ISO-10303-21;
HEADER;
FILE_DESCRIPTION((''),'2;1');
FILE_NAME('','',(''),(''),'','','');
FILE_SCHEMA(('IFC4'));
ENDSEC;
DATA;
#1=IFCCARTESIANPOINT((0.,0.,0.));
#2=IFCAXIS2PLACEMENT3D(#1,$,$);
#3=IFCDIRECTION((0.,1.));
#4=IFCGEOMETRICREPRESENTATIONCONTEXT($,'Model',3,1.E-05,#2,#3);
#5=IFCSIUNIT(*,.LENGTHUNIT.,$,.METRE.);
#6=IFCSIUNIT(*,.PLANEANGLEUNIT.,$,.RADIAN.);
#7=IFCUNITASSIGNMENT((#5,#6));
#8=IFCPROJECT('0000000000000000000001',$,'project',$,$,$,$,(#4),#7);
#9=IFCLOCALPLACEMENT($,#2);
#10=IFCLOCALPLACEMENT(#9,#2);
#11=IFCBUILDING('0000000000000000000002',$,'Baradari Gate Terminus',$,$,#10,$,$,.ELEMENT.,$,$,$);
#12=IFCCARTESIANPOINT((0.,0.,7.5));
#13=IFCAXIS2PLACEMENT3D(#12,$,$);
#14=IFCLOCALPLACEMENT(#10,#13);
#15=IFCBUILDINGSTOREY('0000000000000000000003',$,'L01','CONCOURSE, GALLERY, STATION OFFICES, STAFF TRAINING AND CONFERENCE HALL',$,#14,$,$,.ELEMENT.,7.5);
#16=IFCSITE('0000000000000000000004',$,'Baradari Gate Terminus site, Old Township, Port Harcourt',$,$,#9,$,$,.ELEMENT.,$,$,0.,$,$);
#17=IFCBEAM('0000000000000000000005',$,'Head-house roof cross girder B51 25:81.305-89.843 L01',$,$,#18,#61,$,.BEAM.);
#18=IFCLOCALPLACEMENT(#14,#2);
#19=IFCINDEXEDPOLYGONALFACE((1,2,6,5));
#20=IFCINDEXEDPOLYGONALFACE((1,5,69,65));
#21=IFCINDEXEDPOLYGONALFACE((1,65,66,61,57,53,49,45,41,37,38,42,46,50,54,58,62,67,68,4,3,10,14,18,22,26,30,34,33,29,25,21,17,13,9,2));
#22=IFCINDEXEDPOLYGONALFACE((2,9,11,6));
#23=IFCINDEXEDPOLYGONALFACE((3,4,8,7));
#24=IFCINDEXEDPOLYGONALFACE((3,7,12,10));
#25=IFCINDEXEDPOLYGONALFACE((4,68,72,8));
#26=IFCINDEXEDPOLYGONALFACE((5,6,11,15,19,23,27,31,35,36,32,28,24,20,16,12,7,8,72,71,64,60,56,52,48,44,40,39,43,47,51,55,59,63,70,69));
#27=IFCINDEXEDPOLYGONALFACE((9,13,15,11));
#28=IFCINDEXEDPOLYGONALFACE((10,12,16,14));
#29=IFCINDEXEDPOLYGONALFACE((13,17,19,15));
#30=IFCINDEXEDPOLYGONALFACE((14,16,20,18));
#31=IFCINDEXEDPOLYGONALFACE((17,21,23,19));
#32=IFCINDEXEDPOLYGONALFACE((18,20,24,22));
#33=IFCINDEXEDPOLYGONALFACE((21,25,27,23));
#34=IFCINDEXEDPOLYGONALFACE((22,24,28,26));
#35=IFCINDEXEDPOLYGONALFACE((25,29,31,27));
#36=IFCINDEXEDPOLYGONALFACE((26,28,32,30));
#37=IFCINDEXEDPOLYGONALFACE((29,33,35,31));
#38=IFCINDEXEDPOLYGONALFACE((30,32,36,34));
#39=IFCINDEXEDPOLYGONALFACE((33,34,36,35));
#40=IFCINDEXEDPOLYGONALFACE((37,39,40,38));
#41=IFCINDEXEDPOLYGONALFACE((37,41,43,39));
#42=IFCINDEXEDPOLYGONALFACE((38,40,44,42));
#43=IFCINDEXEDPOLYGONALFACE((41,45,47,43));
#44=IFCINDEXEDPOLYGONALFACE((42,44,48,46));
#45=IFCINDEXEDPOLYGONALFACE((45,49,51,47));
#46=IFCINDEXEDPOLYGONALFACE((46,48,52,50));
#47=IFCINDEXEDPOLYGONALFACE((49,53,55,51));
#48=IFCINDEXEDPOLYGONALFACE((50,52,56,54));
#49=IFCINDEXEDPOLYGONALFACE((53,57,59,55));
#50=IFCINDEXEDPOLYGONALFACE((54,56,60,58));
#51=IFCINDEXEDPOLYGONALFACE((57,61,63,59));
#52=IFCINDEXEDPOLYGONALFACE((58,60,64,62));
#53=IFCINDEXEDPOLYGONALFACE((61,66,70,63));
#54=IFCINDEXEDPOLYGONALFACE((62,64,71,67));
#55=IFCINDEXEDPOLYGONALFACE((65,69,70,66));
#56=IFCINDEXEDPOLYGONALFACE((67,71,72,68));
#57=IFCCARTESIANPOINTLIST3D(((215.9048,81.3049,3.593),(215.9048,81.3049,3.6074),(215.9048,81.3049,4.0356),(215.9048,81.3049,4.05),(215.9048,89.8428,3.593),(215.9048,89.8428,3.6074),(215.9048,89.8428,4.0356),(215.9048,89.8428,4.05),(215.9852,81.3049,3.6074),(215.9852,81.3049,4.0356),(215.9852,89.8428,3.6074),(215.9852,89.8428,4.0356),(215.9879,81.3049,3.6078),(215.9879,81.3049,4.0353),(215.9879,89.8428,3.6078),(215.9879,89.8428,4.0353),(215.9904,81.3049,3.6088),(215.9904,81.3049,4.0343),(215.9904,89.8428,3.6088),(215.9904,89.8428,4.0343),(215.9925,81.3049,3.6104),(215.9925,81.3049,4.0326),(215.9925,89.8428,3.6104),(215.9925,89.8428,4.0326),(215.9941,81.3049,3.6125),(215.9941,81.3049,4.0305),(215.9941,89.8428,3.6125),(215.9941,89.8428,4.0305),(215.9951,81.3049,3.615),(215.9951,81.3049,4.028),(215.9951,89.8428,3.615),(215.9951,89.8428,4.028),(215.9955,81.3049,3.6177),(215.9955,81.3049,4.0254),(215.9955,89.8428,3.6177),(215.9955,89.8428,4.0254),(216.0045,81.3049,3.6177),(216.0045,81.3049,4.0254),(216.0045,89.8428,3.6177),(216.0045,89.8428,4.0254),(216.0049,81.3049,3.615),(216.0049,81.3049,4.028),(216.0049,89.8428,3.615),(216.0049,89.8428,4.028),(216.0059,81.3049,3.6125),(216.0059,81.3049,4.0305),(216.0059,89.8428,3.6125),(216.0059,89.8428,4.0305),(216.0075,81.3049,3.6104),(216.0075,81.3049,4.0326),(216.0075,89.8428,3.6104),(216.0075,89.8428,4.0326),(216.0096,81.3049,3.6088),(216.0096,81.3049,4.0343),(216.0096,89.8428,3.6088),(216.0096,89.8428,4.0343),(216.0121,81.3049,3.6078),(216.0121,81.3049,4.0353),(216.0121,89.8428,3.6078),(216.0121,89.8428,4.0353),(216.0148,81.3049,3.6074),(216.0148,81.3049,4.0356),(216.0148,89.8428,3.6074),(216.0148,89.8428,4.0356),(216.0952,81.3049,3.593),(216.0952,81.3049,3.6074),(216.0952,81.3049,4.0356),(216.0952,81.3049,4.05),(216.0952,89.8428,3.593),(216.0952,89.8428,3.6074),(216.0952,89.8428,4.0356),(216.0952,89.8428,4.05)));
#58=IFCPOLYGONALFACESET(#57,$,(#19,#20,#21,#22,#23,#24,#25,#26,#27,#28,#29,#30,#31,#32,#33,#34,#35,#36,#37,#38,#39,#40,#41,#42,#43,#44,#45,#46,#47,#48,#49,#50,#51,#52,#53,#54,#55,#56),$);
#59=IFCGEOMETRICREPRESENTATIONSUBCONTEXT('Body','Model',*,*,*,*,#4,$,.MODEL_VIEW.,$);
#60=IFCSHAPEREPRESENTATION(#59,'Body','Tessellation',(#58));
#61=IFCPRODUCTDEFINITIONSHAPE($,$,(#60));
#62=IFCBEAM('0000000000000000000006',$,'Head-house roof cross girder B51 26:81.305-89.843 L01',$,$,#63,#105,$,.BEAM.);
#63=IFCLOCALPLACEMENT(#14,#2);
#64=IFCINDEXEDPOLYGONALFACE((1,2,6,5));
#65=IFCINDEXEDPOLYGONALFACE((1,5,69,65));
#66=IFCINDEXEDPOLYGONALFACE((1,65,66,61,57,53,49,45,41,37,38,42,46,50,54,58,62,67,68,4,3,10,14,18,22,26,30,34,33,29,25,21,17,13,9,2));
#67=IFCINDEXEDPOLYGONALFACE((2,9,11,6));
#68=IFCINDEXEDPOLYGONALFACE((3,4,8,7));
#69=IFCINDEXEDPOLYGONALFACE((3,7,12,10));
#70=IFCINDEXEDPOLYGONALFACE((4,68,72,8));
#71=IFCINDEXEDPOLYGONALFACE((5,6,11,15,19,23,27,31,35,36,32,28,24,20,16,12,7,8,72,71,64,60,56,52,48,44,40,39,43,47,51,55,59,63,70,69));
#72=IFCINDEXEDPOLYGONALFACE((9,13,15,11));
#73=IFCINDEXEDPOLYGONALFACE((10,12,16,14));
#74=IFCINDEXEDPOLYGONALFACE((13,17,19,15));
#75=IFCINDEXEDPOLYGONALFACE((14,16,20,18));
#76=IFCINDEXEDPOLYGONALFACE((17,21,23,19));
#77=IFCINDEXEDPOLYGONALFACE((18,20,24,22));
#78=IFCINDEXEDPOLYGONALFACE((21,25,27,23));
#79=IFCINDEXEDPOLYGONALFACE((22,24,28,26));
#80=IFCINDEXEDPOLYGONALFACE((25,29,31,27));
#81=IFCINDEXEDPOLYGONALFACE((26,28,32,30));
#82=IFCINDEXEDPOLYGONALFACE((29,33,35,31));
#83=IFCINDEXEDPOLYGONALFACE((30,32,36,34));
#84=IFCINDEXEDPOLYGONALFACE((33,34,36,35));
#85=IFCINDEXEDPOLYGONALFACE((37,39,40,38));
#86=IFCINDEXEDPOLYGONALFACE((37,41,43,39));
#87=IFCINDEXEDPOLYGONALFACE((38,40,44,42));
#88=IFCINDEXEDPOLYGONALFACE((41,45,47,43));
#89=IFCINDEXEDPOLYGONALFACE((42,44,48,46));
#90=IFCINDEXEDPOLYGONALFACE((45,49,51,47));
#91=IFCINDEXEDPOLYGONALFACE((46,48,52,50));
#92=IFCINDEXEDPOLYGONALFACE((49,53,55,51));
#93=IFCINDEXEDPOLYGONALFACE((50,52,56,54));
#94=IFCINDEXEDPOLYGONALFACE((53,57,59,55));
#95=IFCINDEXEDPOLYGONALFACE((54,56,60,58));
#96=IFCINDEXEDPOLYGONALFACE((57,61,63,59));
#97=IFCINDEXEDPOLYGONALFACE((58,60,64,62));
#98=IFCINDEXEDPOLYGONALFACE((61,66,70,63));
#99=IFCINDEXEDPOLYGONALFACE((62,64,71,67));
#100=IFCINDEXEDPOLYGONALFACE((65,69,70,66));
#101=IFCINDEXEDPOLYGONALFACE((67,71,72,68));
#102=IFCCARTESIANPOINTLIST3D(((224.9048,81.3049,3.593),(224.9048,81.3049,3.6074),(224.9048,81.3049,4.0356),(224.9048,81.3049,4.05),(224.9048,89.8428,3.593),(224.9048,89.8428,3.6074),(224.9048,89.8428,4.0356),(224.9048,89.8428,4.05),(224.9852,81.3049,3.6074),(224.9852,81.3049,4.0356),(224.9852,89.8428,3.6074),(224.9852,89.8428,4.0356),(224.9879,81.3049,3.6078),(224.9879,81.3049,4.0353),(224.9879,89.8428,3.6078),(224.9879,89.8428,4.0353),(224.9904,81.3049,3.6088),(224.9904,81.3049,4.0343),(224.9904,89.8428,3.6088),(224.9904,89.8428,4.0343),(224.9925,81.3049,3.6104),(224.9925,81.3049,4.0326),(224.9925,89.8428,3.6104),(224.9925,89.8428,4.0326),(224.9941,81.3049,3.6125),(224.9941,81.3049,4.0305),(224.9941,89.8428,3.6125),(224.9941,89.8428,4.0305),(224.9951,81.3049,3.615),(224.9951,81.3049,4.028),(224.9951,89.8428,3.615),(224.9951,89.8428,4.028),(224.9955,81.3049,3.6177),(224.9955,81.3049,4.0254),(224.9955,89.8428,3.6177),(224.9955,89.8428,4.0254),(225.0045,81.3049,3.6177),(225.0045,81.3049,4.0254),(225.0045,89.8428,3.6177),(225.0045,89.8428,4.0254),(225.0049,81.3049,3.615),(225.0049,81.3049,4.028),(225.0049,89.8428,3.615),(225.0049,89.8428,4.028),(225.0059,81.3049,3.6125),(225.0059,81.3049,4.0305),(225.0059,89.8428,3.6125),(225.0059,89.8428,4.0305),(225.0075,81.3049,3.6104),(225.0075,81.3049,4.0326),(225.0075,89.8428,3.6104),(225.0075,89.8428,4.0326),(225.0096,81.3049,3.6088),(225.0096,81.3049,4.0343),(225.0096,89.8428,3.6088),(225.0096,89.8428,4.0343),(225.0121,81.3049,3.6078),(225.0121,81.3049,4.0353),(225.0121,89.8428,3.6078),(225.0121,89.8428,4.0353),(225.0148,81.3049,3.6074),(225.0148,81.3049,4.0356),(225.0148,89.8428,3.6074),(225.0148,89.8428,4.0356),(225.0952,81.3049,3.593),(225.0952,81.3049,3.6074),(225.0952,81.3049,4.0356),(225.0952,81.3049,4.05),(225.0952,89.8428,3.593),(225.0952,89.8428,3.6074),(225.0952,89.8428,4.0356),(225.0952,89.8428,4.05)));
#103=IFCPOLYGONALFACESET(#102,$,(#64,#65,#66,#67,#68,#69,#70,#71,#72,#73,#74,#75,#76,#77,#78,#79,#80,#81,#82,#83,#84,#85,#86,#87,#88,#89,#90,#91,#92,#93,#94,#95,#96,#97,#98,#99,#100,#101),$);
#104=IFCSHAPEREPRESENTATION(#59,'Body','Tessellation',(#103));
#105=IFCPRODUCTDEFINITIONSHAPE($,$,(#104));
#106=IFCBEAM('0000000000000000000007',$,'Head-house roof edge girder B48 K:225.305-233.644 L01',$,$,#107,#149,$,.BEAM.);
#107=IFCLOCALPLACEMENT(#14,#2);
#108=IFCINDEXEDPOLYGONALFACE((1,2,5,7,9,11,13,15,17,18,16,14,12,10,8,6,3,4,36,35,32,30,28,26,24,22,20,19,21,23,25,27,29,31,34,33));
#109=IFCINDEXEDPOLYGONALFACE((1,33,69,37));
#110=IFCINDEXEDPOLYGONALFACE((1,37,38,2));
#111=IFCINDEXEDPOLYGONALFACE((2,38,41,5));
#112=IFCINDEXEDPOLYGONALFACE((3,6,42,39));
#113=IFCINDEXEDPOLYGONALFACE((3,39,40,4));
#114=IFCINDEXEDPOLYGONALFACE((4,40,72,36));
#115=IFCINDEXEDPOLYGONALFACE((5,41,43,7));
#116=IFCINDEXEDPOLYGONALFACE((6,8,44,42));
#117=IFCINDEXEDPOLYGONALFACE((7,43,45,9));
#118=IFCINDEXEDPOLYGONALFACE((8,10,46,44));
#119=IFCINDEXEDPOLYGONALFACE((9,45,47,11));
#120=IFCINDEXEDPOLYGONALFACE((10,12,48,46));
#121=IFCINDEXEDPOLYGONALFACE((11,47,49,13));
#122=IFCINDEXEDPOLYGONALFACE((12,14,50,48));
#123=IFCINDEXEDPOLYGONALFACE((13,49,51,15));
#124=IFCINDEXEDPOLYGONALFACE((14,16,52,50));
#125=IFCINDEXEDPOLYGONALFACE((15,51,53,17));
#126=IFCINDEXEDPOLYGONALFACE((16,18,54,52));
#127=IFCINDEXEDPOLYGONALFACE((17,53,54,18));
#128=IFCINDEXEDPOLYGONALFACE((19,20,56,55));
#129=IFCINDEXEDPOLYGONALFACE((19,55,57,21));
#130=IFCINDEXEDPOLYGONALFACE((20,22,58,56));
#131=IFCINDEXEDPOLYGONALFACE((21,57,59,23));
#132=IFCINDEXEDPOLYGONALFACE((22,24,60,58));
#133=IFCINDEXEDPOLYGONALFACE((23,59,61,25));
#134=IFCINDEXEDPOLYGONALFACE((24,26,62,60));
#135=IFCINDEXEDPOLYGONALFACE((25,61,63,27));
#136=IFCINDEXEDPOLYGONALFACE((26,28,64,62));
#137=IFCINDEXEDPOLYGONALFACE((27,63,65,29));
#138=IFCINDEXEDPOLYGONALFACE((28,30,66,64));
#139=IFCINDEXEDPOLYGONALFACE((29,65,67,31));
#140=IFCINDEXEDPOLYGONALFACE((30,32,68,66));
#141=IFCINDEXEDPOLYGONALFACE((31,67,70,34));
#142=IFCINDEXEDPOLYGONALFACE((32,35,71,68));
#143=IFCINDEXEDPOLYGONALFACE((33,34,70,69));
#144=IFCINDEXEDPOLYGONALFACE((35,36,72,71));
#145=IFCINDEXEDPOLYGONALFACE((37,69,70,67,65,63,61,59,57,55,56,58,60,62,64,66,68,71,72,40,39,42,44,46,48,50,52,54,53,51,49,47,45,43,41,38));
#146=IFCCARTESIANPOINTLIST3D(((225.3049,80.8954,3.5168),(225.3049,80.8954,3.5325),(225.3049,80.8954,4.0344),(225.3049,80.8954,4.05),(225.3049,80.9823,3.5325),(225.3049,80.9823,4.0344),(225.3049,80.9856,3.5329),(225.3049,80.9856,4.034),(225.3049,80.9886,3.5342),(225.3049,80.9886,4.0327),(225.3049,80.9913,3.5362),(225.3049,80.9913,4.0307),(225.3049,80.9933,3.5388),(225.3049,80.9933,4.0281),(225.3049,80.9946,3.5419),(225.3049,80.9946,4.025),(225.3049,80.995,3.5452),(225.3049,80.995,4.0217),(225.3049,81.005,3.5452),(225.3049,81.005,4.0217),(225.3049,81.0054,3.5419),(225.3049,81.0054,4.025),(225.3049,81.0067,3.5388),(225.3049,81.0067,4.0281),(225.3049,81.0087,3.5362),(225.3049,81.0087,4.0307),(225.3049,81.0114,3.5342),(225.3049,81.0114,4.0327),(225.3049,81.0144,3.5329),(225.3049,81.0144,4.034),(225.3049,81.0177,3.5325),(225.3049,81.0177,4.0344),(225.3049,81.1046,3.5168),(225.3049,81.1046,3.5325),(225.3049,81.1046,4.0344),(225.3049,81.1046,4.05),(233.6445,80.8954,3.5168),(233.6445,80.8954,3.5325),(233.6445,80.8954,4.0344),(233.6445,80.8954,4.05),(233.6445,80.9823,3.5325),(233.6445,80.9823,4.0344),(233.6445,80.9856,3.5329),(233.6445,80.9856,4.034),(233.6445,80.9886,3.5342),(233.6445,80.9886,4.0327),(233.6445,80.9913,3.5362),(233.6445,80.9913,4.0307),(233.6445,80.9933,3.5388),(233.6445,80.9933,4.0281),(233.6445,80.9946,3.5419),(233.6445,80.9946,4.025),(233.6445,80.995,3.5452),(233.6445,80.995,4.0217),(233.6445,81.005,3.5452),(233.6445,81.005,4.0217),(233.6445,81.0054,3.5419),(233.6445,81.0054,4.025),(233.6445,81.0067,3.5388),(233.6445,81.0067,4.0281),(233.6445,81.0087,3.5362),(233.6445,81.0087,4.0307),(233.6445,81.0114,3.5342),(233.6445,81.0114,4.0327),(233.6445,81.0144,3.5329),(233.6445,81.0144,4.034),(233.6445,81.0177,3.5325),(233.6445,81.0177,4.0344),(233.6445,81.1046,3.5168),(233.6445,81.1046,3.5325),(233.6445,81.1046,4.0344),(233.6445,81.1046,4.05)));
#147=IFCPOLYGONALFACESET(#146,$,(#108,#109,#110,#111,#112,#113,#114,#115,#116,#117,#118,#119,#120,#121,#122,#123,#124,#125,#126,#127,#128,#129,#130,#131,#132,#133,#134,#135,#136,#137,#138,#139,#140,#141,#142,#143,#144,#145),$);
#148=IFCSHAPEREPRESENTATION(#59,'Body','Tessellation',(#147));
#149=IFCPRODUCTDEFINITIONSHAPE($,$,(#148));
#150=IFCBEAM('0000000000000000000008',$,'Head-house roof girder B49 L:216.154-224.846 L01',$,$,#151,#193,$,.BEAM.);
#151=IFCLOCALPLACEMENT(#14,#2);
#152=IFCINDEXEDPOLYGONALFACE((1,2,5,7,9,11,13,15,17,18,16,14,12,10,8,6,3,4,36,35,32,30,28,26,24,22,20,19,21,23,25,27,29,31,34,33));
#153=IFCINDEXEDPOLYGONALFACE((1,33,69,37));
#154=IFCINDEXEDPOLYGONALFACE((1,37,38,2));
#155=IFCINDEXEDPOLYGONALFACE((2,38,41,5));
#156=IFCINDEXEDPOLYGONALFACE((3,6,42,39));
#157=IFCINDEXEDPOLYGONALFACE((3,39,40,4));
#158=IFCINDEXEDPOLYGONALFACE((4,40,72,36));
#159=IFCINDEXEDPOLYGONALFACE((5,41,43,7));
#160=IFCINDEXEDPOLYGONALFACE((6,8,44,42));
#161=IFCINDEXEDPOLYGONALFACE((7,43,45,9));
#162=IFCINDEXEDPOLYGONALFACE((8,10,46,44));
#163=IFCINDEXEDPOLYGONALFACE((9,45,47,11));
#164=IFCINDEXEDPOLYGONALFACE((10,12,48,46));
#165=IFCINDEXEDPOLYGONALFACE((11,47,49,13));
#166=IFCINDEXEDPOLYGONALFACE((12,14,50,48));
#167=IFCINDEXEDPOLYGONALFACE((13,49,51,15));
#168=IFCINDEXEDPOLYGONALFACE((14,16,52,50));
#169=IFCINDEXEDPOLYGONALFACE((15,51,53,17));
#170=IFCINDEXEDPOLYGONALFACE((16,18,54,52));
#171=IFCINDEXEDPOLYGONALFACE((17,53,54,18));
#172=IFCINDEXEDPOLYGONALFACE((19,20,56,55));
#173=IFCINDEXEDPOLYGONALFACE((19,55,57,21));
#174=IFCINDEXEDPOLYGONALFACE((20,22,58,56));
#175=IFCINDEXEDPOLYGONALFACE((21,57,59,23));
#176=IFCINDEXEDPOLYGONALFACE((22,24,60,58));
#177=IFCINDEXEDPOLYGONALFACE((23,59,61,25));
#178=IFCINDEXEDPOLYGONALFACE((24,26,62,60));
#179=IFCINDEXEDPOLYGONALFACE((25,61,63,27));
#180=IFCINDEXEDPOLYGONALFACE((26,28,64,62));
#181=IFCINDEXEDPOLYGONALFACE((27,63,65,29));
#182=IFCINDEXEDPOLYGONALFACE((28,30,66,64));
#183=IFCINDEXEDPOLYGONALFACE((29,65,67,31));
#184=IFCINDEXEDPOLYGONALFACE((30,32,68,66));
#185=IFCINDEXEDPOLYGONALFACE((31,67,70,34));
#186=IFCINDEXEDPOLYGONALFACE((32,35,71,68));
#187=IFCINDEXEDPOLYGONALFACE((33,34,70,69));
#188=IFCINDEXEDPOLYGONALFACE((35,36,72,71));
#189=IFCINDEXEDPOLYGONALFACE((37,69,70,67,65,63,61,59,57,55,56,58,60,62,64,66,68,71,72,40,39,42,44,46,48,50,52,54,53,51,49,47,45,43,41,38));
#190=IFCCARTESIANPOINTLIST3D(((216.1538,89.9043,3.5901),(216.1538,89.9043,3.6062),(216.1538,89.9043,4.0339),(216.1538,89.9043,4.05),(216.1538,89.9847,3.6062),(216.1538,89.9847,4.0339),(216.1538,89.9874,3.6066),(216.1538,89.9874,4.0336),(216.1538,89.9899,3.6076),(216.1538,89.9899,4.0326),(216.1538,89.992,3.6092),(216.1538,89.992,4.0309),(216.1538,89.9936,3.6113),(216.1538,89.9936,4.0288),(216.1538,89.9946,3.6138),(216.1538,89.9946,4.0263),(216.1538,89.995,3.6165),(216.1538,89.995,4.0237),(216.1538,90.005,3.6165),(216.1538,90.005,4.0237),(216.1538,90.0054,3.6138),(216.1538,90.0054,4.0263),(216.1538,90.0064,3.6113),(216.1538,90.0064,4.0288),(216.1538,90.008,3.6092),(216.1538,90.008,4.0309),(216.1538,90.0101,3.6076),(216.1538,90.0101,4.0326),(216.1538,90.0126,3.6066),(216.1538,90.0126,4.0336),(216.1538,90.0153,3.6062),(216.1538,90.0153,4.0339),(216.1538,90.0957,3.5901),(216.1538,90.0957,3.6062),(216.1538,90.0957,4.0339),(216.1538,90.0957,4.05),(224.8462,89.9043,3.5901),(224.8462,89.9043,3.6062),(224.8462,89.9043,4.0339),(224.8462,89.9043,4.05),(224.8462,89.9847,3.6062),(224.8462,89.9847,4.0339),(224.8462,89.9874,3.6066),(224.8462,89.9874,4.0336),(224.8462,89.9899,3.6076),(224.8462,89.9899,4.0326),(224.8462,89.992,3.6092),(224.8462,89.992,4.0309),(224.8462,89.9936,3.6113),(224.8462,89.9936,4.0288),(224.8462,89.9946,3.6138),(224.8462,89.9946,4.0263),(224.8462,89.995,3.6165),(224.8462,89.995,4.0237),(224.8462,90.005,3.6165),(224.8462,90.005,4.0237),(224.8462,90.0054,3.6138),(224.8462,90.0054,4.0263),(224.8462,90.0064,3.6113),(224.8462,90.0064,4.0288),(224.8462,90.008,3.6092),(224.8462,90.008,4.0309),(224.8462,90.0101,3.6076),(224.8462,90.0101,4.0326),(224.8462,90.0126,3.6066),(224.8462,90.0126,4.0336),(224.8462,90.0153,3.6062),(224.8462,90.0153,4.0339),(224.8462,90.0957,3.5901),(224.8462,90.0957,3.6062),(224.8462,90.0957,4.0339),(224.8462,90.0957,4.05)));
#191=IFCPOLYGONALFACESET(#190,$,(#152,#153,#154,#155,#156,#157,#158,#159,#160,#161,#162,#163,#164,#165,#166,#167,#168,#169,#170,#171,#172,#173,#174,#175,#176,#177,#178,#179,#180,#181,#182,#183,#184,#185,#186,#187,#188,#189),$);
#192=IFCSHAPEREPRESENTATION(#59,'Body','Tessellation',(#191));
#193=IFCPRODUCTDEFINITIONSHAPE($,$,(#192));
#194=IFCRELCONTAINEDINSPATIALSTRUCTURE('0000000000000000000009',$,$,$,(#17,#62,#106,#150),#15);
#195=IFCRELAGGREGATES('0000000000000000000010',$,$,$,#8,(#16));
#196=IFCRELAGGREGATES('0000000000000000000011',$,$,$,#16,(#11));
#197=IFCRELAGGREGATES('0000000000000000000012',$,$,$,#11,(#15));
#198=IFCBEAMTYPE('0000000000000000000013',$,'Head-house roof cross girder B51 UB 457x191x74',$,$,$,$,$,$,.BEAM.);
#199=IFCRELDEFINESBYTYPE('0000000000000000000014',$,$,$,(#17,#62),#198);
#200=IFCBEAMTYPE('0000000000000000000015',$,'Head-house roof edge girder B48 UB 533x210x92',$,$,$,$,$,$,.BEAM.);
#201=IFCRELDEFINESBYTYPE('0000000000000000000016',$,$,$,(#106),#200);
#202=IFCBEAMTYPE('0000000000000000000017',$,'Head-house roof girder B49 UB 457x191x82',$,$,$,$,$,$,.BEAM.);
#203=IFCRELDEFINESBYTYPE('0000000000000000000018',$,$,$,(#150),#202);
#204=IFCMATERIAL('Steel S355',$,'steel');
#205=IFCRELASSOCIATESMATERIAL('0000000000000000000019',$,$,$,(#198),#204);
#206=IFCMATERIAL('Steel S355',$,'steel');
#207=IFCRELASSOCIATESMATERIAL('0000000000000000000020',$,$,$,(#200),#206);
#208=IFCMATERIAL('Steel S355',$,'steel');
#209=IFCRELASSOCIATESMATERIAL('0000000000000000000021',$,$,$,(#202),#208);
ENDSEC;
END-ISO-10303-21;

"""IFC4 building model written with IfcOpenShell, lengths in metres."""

from ifc_helpers import new_model, si_unit, direction, frame, origin, origin_2d, place, context, subcontext, project, spatial, i_section, extrude, material, material_profile, profile_set, type_object, element, save


model = new_model("IFC4")

# Units and contexts
model_context = context("Model", 3, precision=1e-05, world=origin(), true_north=direction((0.0, 1.0)))
body_context = subcontext(model_context, "Body", "Model", "MODEL_VIEW")
ifc_project = project(units=[si_unit("LENGTHUNIT", "METRE"), si_unit("PLANEANGLEUNIT", "RADIAN")], contexts=[model_context])

# Site, building, storey
site_placement = place(None, origin())
site = spatial("IfcSite", under=ifc_project, at=site_placement, Name="Baradari Gate Terminus site, Old Township, Port Harcourt", CompositionType="ELEMENT", RefElevation=0.0)
building_placement = place(site_placement, origin())
building = spatial("IfcBuilding", under=site, at=building_placement, Name="Baradari Gate Terminus", CompositionType="ELEMENT")
storey_placement = place(building_placement, frame((0.0, 0.0, 7.5)))
storey = spatial("IfcBuildingStorey", under=building, at=storey_placement, Name="L01", Description="CONCOURSE, GALLERY, STATION OFFICES, STAFF TRAINING AND CONFERENCE HALL", CompositionType="ELEMENT", Elevation=7.5)

# Beams
ifc_material_1 = material(Name="Steel S355", Category="steel")
ifc_material_profile_1 = material_profile(ifc_material_1, i_section(OverallWidth=0.1904, OverallDepth=0.457, WebThickness=0.009, FlangeThickness=0.0144, FilletRadius=0.0103, at=origin_2d()), Name="UB 457x191x74")
ifc_profile_set_1 = profile_set([ifc_material_profile_1], Name="Steel S355")
beam_type_1 = type_object("IfcBeamType", Name="Head-house roof cross girder B51 UB 457x191x74", PredefinedType="BEAM", material=ifc_profile_set_1)
for number, where, z_axis, x_axis, name in (
    (1, (216.0, 81.3049, 3.8215), (0.0, 1.0, 0.0), (-1.0, 0.0, 0.0), "Head-house roof cross girder B51 25:81.305-89.843 L01"),
    (2, (225.0, 81.3049, 3.8215), (0.0, 1.0, 0.0), (-1.0, 0.0, 0.0), "Head-house roof cross girder B51 26:81.305-89.843 L01"),
):
    element("IfcBeam", number, at=place(storey_placement, frame(where, z_axis=z_axis, x_axis=x_axis)), inside=storey, type_object=beam_type_1, Name=name, PredefinedType="BEAM", context=body_context, shape_type="SweptSolid", body=[
        extrude(i_section(OverallWidth=0.1904, OverallDepth=0.457, WebThickness=0.009, FlangeThickness=0.0144, FilletRadius=0.0103, at=origin_2d()), origin(), (0.0, 0.0, 1.0), 8.5378),
    ])
ifc_material_2 = material(Name="Steel S355", Category="steel")
ifc_material_profile_2 = material_profile(ifc_material_2, i_section(OverallWidth=0.2092, OverallDepth=0.5332, WebThickness=0.01, FlangeThickness=0.0156, FilletRadius=0.0127, at=origin_2d()), Name="UB 533x210x92")
ifc_profile_set_2 = profile_set([ifc_material_profile_2], Name="Steel S355")
beam_type_2 = type_object("IfcBeamType", Name="Head-house roof edge girder B48 UB 533x210x92", PredefinedType="BEAM", material=ifc_profile_set_2)
beam_1_placement = place(storey_placement, frame((225.3049, 81.0, 3.7834), z_axis=(1.0, 0.0, 0.0), x_axis=(0.0, 1.0, 0.0)))
element("IfcBeam", 3, at=beam_1_placement, inside=storey, type_object=beam_type_2, Name="Head-house roof edge girder B48 K:225.305-233.644 L01", PredefinedType="BEAM", context=body_context, shape_type="SweptSolid", body=[
    extrude(i_section(OverallWidth=0.2092, OverallDepth=0.5332, WebThickness=0.01, FlangeThickness=0.0156, FilletRadius=0.0127, at=origin_2d()), origin(), (0.0, 0.0, 1.0), 8.3396),
])
ifc_material_3 = material(Name="Steel S355", Category="steel")
ifc_material_profile_3 = material_profile(ifc_material_3, i_section(OverallWidth=0.1914, OverallDepth=0.46, WebThickness=0.01, FlangeThickness=0.0161, FilletRadius=0.0103, at=origin_2d()), Name="UB 457x191x82")
ifc_profile_set_3 = profile_set([ifc_material_profile_3], Name="Steel S355")
beam_type_3 = type_object("IfcBeamType", Name="Head-house roof girder B49 UB 457x191x82", PredefinedType="BEAM", material=ifc_profile_set_3)
for number, where, z_axis, x_axis, name in (
    (4, (216.1538, 90.0, 3.8201), (1.0, 0.0, 0.0), (0.0, 1.0, 0.0), "Head-house roof girder B49 L:216.154-224.846 L01"),
):
    element("IfcBeam", number, at=place(storey_placement, frame(where, z_axis=z_axis, x_axis=x_axis)), inside=storey, type_object=beam_type_3, Name=name, PredefinedType="BEAM", context=body_context, shape_type="SweptSolid", body=[
        extrude(i_section(OverallWidth=0.1914, OverallDepth=0.46, WebThickness=0.01, FlangeThickness=0.0161, FilletRadius=0.0103, at=origin_2d()), origin(), (0.0, 0.0, 1.0), 8.6924),
    ])

save(model, "model.ifc")
